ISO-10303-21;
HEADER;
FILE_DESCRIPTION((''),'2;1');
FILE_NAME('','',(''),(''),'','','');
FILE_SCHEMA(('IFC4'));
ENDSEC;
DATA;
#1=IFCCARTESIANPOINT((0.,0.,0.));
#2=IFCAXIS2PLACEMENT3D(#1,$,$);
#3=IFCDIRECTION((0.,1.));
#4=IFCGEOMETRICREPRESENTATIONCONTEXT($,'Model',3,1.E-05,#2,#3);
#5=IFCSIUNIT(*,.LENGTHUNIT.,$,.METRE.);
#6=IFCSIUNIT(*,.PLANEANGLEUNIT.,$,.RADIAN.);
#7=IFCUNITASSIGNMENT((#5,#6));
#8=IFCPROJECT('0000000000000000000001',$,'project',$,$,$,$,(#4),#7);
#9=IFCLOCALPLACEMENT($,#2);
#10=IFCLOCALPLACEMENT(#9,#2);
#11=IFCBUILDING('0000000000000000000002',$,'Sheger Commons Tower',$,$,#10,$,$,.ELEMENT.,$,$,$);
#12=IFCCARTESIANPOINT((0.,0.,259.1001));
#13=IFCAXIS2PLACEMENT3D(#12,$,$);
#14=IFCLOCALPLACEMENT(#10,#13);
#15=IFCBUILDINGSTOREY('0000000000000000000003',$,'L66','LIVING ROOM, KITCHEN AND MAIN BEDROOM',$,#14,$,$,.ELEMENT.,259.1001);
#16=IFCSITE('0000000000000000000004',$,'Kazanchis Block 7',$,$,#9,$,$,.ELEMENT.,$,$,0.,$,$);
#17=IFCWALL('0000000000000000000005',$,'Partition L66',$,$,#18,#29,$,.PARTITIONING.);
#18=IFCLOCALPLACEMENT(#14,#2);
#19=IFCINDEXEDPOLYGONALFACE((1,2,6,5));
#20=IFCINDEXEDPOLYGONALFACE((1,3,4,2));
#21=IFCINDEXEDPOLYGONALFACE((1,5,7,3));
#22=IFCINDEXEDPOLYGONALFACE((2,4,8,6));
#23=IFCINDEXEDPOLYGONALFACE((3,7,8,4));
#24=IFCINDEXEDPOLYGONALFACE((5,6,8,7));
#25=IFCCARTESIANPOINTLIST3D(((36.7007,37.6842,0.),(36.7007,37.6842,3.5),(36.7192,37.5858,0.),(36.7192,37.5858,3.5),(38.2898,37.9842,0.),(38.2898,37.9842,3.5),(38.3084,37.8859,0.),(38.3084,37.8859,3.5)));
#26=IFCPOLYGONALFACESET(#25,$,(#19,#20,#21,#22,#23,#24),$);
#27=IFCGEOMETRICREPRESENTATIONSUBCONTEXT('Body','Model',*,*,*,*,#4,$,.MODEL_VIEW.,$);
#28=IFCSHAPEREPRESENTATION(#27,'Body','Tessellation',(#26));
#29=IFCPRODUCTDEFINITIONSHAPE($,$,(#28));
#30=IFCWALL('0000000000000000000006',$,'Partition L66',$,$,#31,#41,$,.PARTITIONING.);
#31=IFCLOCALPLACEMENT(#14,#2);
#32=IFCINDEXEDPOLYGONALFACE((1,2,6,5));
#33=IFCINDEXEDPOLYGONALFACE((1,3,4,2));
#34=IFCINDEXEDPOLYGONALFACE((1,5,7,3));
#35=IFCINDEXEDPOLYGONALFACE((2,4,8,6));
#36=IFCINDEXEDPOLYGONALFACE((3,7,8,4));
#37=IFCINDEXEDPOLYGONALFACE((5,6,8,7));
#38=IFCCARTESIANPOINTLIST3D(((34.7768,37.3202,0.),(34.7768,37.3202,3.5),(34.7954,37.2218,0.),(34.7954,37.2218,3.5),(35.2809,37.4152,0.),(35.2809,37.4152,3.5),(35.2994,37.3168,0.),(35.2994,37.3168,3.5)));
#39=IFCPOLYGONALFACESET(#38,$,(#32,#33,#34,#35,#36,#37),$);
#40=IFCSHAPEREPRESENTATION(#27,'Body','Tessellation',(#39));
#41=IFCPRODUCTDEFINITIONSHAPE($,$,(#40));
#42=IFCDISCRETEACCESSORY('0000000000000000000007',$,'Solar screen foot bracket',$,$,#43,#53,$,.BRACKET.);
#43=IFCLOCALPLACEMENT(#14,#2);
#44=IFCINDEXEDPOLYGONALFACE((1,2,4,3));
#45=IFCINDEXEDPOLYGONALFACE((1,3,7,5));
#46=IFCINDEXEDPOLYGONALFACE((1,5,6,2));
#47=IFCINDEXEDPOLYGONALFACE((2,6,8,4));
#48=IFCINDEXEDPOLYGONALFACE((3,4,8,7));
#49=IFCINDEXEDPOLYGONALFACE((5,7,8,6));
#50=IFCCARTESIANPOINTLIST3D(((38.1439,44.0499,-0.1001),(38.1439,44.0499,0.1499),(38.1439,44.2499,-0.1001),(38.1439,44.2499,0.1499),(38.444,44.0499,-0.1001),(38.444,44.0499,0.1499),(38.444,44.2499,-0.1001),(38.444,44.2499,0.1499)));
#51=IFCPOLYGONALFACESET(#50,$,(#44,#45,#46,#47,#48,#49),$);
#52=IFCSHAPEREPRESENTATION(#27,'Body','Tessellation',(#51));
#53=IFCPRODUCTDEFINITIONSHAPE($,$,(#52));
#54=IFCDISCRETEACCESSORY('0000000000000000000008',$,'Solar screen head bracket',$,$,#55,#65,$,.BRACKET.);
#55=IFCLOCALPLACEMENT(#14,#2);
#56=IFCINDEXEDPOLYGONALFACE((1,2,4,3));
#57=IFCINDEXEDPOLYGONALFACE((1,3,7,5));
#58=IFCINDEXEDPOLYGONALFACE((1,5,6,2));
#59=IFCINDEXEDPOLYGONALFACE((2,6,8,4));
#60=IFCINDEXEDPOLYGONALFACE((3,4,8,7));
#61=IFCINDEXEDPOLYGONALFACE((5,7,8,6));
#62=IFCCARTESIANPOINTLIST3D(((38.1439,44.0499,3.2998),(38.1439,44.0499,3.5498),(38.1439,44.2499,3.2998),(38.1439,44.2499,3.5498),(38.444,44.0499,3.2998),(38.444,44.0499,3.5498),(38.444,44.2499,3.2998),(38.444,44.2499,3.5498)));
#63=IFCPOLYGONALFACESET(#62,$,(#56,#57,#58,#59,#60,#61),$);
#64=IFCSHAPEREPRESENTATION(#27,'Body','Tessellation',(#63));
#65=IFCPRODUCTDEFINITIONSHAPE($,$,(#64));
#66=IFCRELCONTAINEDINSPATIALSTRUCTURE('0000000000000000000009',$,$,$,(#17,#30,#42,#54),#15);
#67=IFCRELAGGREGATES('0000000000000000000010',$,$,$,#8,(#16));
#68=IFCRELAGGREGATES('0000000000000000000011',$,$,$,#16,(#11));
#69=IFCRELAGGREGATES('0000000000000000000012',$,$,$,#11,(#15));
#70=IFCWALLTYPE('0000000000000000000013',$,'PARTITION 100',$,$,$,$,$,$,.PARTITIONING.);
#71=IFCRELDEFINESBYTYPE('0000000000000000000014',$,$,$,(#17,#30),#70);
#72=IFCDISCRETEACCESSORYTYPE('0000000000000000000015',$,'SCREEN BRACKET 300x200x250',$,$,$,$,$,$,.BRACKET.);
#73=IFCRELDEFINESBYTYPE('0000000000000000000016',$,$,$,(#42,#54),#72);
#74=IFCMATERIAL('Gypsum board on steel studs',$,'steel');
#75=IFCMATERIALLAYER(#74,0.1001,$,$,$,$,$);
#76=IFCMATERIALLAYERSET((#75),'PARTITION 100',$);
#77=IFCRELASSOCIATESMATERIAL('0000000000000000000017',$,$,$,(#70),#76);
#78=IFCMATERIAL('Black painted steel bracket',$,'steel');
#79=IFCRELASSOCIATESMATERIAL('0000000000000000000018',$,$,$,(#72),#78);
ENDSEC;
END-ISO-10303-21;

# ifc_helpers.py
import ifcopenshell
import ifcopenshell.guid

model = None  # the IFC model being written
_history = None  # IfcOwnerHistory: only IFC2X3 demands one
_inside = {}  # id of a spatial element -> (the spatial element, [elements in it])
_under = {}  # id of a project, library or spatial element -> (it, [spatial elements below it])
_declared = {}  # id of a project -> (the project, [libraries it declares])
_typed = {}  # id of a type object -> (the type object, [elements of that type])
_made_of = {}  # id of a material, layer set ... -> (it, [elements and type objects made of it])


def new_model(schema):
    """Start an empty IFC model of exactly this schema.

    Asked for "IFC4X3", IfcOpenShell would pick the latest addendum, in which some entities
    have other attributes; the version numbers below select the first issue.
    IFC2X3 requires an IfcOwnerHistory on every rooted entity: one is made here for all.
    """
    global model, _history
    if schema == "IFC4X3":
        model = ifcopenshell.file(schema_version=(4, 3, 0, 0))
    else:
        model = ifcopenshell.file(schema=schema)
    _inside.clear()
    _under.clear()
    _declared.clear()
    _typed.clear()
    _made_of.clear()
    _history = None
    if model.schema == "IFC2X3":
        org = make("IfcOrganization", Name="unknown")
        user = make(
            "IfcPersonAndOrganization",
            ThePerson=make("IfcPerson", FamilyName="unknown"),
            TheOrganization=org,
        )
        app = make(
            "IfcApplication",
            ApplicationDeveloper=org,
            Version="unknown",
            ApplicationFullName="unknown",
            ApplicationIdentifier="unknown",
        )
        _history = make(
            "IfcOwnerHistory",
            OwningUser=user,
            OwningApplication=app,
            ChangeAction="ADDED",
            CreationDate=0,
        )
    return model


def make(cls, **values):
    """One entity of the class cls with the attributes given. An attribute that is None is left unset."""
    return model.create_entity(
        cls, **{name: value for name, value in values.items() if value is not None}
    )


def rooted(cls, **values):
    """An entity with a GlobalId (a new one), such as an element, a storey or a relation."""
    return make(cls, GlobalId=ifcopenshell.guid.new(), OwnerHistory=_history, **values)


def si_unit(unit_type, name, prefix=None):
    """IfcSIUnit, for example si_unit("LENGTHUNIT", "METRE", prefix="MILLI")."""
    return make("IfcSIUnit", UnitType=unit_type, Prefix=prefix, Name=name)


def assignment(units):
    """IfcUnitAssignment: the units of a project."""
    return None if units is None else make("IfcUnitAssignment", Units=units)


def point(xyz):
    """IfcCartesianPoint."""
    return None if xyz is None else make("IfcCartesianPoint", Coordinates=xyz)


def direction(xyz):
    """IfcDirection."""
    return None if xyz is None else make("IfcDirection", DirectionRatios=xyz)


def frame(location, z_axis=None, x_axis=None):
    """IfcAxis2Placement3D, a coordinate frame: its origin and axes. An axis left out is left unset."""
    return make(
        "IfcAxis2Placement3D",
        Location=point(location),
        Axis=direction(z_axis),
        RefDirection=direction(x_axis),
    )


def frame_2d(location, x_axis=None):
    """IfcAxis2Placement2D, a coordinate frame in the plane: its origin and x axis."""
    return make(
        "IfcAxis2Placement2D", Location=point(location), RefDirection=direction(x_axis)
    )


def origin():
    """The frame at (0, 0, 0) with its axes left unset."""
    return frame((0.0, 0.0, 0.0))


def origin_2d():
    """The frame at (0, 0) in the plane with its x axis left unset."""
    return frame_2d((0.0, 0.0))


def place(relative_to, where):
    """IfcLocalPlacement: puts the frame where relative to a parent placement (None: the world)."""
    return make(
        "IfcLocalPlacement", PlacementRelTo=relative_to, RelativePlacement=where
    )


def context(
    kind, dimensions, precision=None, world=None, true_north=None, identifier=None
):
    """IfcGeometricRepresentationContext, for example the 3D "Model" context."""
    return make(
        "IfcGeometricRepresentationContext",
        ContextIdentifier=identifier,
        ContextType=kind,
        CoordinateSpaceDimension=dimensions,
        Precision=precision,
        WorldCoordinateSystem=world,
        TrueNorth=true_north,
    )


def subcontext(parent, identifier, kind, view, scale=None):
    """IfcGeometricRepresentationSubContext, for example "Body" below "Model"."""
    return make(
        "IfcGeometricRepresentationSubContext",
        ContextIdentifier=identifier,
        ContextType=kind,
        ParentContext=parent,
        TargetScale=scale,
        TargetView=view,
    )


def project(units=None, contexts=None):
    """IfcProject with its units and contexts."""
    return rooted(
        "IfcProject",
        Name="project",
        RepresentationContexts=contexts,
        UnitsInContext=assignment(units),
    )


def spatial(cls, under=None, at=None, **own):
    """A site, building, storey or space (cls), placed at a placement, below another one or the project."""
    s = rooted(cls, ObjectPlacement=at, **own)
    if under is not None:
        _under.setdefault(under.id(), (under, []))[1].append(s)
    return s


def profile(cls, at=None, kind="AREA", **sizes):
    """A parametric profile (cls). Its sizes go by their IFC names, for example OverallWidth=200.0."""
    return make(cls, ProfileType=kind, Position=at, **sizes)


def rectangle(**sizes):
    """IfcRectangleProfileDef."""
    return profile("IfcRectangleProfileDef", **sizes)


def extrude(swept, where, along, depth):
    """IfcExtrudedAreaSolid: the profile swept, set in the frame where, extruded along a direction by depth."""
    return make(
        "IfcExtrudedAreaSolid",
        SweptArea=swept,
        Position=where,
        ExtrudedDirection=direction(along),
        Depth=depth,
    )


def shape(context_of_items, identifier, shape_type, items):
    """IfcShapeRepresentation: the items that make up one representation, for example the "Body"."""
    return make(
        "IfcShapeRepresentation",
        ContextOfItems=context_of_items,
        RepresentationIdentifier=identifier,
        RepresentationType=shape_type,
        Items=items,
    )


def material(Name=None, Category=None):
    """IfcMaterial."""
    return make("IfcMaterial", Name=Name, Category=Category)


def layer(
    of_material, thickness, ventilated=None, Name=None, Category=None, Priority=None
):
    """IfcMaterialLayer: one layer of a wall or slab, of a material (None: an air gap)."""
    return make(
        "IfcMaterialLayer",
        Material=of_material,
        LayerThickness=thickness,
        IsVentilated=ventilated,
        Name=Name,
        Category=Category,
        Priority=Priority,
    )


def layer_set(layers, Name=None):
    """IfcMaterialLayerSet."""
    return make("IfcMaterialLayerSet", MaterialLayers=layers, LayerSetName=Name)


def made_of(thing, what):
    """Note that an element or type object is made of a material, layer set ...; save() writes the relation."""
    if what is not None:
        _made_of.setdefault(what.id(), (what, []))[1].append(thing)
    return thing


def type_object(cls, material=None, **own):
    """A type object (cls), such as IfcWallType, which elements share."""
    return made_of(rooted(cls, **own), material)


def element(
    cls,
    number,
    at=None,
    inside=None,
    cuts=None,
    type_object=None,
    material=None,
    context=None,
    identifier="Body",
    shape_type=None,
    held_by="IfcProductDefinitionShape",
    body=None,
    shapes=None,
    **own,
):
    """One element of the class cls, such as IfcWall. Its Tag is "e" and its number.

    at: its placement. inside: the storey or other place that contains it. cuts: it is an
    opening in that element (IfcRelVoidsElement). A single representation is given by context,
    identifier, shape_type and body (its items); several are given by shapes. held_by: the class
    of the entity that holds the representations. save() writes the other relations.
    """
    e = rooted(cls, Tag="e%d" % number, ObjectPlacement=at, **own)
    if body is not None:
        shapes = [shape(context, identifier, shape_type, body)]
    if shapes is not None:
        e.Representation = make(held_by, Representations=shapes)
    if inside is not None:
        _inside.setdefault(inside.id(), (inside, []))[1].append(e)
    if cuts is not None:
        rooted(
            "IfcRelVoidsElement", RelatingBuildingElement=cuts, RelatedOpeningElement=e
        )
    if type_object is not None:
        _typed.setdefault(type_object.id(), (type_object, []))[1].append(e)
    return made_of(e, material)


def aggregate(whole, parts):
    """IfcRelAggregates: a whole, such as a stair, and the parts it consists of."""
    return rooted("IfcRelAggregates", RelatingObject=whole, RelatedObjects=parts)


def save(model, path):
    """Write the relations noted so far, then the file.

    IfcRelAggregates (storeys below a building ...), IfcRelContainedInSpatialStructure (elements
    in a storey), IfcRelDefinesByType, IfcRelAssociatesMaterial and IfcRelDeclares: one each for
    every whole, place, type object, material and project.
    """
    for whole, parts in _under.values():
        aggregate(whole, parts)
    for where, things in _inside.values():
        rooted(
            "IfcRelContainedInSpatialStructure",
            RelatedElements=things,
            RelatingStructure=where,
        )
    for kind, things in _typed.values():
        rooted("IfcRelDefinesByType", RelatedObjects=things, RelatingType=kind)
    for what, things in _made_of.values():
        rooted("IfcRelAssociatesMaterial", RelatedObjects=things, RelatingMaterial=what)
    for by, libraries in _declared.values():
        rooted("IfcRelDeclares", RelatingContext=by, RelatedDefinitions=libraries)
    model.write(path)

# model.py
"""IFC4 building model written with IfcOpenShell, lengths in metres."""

from ifc_helpers import new_model, si_unit, direction, frame, frame_2d, origin, origin_2d, place, context, subcontext, project, spatial, rectangle, extrude, material, layer, layer_set, type_object, element, save


model = new_model("IFC4")

# Units and contexts
model_context = context("Model", 3, precision=1e-05, world=origin(), true_north=direction((0.0, 1.0)))
body_context = subcontext(model_context, "Body", "Model", "MODEL_VIEW")
ifc_project = project(units=[si_unit("LENGTHUNIT", "METRE"), si_unit("PLANEANGLEUNIT", "RADIAN")], contexts=[model_context])

# Site, building, storey
site_placement = place(None, origin())
site = spatial("IfcSite", under=ifc_project, at=site_placement, Name="Kazanchis Block 7", CompositionType="ELEMENT", RefElevation=0.0)
building_placement = place(site_placement, origin())
building = spatial("IfcBuilding", under=site, at=building_placement, Name="Sheger Commons Tower", CompositionType="ELEMENT")
storey_placement = place(building_placement, frame((0.0, 0.0, 259.1001)))
storey = spatial("IfcBuildingStorey", under=building, at=storey_placement, Name="L66", Description="LIVING ROOM, KITCHEN AND MAIN BEDROOM", CompositionType="ELEMENT", Elevation=259.1001)

# Shared definitions
ifc_material_1 = material(Name="Gypsum board on steel studs", Category="steel")
ifc_layer_1 = layer(ifc_material_1, 0.1001)
ifc_layer_set_1 = layer_set([ifc_layer_1], Name="PARTITION 100")
wall_type_1 = type_object("IfcWallType", Name="PARTITION 100", PredefinedType="PARTITIONING", material=ifc_layer_set_1)

# Walls
wall_1_placement = place(storey_placement, frame((38.2991, 37.9351, 0.0), z_axis=(0.0, 0.0, 1.0), x_axis=(-0.982637, -0.185537, 0.0)))
element("IfcWall", 1, at=wall_1_placement, inside=storey, type_object=wall_type_1, Name="Partition L66", PredefinedType="PARTITIONING", context=body_context, shape_type="SweptSolid", body=[
    extrude(rectangle(XDim=1.6172, YDim=0.1001, at=frame_2d((0.8086, 0.0))), origin(), (0.0, 0.0, 1.0), 3.5),
])
wall_2_placement = place(storey_placement, frame((35.29, 37.366, 0.0), z_axis=(0.0, 0.0, 1.0), x_axis=(-0.982716, -0.185122, 0.0)))
element("IfcWall", 2, at=wall_2_placement, inside=storey, type_object=wall_type_1, Name="Partition L66", PredefinedType="PARTITIONING", context=body_context, shape_type="SweptSolid", body=[
    extrude(rectangle(XDim=0.5129, YDim=0.1001, at=frame_2d((0.2563, 0.0))), origin(), (0.0, 0.0, 1.0), 3.5),
])

# Discrete accessories
ifc_material_2 = material(Name="Black painted steel bracket", Category="steel")
discrete_accessory_type = type_object("IfcDiscreteAccessoryType", Name="SCREEN BRACKET 300x200x250", PredefinedType="BRACKET", material=ifc_material_2)
for number, where, z_axis, x_axis, name in (
    (3, (38.2939, 44.1499, -0.1001), (0.0, 0.0, 1.0), (-1.0, 0.0, 0.0), "Solar screen foot bracket"),
    (4, (38.2939, 44.1499, 3.2998), (0.0, 0.0, 1.0), (-1.0, 0.0, 0.0), "Solar screen head bracket"),
):
    element("IfcDiscreteAccessory", number, at=place(storey_placement, frame(where, z_axis=z_axis, x_axis=x_axis)), inside=storey, type_object=discrete_accessory_type, Name=name, PredefinedType="BRACKET", context=body_context, shape_type="SweptSolid", body=[
        extrude(rectangle(XDim=0.3, YDim=0.2, at=origin_2d()), origin(), (0.0, 0.0, 1.0), 0.25),
    ])

save(model, "model.ifc")
